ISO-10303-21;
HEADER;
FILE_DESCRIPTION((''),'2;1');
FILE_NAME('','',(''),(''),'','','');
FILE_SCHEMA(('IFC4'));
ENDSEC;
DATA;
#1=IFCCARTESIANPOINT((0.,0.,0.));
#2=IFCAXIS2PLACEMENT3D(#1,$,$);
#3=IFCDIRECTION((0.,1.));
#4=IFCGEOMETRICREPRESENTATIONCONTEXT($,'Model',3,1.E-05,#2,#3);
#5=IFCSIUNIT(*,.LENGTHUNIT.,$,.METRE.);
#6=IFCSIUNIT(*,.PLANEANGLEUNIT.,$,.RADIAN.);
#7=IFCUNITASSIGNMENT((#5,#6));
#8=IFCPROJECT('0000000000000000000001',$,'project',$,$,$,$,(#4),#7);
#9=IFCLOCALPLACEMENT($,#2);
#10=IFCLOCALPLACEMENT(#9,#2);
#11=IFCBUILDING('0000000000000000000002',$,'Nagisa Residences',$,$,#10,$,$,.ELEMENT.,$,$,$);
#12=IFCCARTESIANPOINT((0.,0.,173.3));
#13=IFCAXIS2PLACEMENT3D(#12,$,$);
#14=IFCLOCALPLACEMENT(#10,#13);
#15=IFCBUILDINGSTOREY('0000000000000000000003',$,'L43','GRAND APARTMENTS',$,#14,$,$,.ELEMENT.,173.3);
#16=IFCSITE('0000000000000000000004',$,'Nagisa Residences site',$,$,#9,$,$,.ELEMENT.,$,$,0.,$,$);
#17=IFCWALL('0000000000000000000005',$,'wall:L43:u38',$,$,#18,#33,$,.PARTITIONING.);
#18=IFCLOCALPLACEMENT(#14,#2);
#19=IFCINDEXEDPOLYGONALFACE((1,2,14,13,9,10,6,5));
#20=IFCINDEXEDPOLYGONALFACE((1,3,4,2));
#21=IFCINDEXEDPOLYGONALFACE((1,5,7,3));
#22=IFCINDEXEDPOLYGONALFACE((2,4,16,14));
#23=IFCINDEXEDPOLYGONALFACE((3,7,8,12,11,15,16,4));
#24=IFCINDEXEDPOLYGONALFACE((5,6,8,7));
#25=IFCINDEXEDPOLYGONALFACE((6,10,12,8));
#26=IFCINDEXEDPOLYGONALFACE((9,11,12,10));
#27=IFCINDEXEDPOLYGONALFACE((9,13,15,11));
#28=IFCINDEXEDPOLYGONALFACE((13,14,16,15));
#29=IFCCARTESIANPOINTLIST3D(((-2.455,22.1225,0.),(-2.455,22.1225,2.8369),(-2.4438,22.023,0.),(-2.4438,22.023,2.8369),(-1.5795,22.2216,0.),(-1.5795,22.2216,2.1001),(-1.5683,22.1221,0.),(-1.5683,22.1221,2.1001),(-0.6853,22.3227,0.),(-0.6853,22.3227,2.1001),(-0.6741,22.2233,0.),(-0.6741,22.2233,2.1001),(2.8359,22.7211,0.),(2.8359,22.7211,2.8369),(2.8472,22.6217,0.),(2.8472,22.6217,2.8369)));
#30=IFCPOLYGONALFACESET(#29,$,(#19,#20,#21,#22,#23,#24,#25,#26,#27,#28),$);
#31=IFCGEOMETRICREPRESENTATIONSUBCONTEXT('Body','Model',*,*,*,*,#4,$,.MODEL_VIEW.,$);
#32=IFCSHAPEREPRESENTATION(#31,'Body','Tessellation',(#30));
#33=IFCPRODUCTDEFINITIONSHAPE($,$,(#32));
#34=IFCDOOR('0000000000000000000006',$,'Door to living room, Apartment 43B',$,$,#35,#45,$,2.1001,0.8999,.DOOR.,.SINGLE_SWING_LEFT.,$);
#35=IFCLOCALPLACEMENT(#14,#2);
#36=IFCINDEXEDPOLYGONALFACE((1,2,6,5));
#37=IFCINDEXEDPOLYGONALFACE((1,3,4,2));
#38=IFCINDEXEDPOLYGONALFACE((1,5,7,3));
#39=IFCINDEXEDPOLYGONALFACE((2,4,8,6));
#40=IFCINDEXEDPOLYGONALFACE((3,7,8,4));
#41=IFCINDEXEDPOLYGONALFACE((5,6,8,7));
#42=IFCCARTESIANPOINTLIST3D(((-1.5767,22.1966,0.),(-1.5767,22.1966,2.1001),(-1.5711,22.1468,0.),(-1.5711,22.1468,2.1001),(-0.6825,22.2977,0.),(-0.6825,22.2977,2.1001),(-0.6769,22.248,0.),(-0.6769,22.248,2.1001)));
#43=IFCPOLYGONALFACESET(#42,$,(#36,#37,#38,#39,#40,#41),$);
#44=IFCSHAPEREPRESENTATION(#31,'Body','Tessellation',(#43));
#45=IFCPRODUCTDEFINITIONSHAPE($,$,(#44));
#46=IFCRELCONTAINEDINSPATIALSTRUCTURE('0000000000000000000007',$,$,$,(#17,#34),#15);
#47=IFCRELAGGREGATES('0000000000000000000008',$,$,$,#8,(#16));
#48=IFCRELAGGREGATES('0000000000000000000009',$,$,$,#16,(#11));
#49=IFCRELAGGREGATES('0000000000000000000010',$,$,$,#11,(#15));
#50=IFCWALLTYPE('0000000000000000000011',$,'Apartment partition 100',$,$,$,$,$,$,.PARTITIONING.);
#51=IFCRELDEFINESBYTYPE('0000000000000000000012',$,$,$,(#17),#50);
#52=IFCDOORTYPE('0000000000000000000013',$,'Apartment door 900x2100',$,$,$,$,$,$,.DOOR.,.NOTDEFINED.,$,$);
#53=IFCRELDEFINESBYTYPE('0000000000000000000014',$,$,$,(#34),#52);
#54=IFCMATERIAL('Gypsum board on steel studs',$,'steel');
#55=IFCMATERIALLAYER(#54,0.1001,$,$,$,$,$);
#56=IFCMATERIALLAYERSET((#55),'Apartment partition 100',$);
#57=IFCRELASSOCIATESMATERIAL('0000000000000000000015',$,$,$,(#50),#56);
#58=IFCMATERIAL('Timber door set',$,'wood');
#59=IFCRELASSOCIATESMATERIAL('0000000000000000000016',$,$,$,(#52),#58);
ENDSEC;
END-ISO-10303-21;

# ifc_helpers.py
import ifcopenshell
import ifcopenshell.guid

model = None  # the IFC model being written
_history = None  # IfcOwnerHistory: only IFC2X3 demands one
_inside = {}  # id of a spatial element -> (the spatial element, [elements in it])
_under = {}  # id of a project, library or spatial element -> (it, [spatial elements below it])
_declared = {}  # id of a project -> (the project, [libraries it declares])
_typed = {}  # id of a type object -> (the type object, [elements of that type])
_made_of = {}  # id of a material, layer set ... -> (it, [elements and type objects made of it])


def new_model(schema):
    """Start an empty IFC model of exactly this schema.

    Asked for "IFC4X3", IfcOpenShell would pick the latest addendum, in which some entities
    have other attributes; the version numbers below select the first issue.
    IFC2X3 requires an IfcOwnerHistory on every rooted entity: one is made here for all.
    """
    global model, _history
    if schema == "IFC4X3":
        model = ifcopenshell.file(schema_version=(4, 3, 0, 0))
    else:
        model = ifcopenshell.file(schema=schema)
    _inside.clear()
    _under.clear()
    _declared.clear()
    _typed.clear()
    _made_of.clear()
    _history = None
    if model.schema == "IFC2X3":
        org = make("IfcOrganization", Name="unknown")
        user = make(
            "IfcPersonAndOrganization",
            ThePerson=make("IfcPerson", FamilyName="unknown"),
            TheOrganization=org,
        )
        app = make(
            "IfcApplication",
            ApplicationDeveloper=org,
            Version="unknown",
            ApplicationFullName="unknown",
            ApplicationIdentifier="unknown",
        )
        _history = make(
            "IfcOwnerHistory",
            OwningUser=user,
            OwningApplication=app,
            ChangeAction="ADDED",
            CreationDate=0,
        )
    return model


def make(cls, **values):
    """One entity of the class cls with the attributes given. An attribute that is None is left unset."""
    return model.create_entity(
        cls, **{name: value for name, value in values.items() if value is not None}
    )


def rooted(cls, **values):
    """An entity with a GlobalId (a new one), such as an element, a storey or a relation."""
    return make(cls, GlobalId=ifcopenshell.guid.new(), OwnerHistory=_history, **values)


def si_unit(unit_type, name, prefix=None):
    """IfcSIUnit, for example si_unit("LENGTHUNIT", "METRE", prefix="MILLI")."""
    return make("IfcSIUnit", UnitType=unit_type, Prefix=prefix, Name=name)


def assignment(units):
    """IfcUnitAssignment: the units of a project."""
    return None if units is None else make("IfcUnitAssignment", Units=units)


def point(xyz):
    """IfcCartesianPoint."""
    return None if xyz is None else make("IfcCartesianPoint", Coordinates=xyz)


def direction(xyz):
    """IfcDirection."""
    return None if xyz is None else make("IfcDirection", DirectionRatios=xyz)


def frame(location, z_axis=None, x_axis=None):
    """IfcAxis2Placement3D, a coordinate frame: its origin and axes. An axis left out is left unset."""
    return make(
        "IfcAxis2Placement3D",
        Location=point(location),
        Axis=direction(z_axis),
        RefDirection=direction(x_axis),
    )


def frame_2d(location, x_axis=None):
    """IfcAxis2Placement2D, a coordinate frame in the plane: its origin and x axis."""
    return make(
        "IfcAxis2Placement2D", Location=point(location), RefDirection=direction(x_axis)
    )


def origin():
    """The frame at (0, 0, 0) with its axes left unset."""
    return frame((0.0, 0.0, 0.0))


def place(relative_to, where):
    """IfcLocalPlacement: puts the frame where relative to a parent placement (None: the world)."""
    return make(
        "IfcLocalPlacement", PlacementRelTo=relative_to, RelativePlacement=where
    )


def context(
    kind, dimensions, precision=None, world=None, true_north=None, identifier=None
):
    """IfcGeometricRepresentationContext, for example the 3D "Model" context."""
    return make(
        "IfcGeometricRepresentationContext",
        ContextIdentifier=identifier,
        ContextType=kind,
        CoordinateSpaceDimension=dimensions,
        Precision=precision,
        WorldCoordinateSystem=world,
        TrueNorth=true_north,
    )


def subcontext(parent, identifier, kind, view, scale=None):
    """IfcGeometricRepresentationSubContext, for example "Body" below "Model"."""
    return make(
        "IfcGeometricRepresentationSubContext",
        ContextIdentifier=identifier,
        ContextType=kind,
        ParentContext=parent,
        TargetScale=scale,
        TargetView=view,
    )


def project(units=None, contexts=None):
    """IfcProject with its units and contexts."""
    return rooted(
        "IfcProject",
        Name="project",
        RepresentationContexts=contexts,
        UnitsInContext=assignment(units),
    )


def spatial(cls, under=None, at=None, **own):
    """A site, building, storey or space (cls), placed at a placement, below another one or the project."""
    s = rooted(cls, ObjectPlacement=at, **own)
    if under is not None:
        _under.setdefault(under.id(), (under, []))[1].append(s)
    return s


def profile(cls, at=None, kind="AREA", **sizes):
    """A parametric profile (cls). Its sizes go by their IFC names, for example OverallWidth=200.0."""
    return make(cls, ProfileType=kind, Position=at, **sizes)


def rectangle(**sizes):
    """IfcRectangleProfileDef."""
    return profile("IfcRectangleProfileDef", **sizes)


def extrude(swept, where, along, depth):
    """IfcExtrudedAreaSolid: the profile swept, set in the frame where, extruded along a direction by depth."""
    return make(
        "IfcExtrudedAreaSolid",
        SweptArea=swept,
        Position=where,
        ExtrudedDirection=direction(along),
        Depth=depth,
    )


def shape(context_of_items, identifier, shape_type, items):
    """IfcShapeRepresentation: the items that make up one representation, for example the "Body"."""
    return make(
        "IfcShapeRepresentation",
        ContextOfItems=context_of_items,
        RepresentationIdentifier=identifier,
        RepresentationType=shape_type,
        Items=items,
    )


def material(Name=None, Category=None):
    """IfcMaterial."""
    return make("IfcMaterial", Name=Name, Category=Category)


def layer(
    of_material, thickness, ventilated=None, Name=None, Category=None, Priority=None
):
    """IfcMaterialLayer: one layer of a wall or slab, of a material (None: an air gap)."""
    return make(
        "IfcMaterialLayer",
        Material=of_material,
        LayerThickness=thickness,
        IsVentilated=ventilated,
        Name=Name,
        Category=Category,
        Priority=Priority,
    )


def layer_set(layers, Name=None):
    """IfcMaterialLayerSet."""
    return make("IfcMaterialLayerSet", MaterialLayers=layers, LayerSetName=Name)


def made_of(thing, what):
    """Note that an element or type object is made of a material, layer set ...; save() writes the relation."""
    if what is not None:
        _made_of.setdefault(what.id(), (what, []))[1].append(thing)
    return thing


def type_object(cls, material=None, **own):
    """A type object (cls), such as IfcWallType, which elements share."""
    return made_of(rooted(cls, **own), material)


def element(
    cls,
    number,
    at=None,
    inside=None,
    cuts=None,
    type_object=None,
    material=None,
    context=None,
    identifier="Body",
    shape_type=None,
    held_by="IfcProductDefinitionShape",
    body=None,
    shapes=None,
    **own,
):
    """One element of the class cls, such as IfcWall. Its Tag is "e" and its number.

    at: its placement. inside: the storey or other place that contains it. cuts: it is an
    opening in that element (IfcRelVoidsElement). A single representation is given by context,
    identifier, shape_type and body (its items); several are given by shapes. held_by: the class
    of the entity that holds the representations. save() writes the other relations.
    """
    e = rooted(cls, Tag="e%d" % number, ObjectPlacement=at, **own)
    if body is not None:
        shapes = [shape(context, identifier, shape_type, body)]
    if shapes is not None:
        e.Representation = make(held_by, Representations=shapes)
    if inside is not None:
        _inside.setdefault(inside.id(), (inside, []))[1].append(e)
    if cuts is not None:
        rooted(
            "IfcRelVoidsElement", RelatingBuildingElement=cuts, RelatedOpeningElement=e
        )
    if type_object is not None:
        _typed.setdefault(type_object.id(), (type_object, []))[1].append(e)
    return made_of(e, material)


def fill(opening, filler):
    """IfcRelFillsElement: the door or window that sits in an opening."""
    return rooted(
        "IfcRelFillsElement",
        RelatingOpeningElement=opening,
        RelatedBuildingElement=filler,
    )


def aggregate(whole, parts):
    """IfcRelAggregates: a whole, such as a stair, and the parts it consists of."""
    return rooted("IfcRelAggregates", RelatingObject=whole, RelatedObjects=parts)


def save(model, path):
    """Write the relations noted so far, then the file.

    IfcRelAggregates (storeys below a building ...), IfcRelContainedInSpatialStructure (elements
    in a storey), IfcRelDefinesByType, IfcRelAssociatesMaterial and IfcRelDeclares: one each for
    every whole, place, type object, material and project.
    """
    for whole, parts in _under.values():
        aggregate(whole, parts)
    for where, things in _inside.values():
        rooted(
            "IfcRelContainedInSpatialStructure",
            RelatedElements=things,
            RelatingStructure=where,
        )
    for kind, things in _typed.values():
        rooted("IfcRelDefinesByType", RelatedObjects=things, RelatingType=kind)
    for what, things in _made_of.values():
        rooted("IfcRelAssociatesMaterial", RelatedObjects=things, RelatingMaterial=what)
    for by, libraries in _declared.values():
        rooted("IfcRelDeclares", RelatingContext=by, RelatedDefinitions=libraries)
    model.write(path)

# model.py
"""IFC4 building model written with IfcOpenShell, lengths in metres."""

from ifc_helpers import new_model, si_unit, direction, frame, frame_2d, origin, place, context, subcontext, project, spatial, rectangle, extrude, material, layer, layer_set, type_object, element, fill, save


model = new_model("IFC4")

# Units and contexts
model_context = context("Model", 3, precision=1e-05, world=origin(), true_north=direction((0.0, 1.0)))
body_context = subcontext(model_context, "Body", "Model", "MODEL_VIEW")
ifc_project = project(units=[si_unit("LENGTHUNIT", "METRE"), si_unit("PLANEANGLEUNIT", "RADIAN")], contexts=[model_context])

# Site, building, storey
site_placement = place(None, origin())
site = spatial("IfcSite", under=ifc_project, at=site_placement, Name="Nagisa Residences site", CompositionType="ELEMENT", RefElevation=0.0)
building_placement = place(site_placement, origin())
building = spatial("IfcBuilding", under=site, at=building_placement, Name="Nagisa Residences", CompositionType="ELEMENT")
storey_placement = place(building_placement, frame((0.0, 0.0, 173.3)))
storey = spatial("IfcBuildingStorey", under=building, at=storey_placement, Name="L43", Description="GRAND APARTMENTS", CompositionType="ELEMENT", Elevation=173.3)

# Shared definitions
ifc_material_1 = material(Name="Gypsum board on steel studs", Category="steel")
ifc_layer_1 = layer(ifc_material_1, 0.1001)
ifc_layer_set_1 = layer_set([ifc_layer_1], Name="Apartment partition 100")
wall_type_1 = type_object("IfcWallType", Name="Apartment partition 100", PredefinedType="PARTITIONING", material=ifc_layer_set_1)

# Wall, opening, door
wall_1_placement = place(storey_placement, frame((2.8416, 22.6714, 0.0), z_axis=(0.0, 0.0, 1.0), x_axis=(-0.99366, -0.112424, 0.0)))
wall_1 = element("IfcWall", 1, at=wall_1_placement, inside=storey, type_object=wall_type_1, Name="wall:L43:u38", PredefinedType="PARTITIONING", context=body_context, shape_type="SweptSolid", body=[
    extrude(rectangle(XDim=5.3247, YDim=0.1001, at=frame_2d((2.6624, 0.0))), origin(), (0.0, 0.0, 1.0), 2.8369),
])
opening_1_placement = place(wall_1_placement, frame((3.5437, 0.0, 0.0)))
opening_1 = element("IfcOpeningElement", 2, at=opening_1_placement, cuts=wall_1, PredefinedType="OPENING", context=body_context, shape_type="SweptSolid", body=[
    extrude(rectangle(XDim=0.8999, YDim=2.1001, at=frame_2d((0.45, 1.05))), frame((0.0, 0.0601, 0.0), z_axis=(0.0, -1.0, 0.0), x_axis=(1.0, 0.0, 0.0)), (0.0, 0.0, 1.0), 0.1201),
])
ifc_material_2 = material(Name="Timber door set", Category="wood")
door_type_1 = type_object("IfcDoorType", Name="Apartment door 900x2100", OperationType="NOTDEFINED", PredefinedType="DOOR", material=ifc_material_2)
door_1_placement = place(opening_1_placement, frame((0.8999, 0.0, 0.0), x_axis=(-1.0, 0.0, 0.0)))
door_1 = element("IfcDoor", 3, at=door_1_placement, inside=storey, type_object=door_type_1, Name="Door to living room, Apartment 43B", OperationType="SINGLE_SWING_LEFT", OverallHeight=2.1001, OverallWidth=0.8999, PredefinedType="DOOR", context=body_context, shape_type="SweptSolid", body=[
    extrude(rectangle(XDim=0.8999, YDim=2.1001, at=frame_2d((0.45, 1.05))), frame((0.0, 0.0249, 0.0), z_axis=(0.0, -1.0, 0.0), x_axis=(1.0, 0.0, 0.0)), (0.0, 0.0, 1.0), 0.05),
])
fill(opening_1, door_1)

save(model, "model.ifc")
